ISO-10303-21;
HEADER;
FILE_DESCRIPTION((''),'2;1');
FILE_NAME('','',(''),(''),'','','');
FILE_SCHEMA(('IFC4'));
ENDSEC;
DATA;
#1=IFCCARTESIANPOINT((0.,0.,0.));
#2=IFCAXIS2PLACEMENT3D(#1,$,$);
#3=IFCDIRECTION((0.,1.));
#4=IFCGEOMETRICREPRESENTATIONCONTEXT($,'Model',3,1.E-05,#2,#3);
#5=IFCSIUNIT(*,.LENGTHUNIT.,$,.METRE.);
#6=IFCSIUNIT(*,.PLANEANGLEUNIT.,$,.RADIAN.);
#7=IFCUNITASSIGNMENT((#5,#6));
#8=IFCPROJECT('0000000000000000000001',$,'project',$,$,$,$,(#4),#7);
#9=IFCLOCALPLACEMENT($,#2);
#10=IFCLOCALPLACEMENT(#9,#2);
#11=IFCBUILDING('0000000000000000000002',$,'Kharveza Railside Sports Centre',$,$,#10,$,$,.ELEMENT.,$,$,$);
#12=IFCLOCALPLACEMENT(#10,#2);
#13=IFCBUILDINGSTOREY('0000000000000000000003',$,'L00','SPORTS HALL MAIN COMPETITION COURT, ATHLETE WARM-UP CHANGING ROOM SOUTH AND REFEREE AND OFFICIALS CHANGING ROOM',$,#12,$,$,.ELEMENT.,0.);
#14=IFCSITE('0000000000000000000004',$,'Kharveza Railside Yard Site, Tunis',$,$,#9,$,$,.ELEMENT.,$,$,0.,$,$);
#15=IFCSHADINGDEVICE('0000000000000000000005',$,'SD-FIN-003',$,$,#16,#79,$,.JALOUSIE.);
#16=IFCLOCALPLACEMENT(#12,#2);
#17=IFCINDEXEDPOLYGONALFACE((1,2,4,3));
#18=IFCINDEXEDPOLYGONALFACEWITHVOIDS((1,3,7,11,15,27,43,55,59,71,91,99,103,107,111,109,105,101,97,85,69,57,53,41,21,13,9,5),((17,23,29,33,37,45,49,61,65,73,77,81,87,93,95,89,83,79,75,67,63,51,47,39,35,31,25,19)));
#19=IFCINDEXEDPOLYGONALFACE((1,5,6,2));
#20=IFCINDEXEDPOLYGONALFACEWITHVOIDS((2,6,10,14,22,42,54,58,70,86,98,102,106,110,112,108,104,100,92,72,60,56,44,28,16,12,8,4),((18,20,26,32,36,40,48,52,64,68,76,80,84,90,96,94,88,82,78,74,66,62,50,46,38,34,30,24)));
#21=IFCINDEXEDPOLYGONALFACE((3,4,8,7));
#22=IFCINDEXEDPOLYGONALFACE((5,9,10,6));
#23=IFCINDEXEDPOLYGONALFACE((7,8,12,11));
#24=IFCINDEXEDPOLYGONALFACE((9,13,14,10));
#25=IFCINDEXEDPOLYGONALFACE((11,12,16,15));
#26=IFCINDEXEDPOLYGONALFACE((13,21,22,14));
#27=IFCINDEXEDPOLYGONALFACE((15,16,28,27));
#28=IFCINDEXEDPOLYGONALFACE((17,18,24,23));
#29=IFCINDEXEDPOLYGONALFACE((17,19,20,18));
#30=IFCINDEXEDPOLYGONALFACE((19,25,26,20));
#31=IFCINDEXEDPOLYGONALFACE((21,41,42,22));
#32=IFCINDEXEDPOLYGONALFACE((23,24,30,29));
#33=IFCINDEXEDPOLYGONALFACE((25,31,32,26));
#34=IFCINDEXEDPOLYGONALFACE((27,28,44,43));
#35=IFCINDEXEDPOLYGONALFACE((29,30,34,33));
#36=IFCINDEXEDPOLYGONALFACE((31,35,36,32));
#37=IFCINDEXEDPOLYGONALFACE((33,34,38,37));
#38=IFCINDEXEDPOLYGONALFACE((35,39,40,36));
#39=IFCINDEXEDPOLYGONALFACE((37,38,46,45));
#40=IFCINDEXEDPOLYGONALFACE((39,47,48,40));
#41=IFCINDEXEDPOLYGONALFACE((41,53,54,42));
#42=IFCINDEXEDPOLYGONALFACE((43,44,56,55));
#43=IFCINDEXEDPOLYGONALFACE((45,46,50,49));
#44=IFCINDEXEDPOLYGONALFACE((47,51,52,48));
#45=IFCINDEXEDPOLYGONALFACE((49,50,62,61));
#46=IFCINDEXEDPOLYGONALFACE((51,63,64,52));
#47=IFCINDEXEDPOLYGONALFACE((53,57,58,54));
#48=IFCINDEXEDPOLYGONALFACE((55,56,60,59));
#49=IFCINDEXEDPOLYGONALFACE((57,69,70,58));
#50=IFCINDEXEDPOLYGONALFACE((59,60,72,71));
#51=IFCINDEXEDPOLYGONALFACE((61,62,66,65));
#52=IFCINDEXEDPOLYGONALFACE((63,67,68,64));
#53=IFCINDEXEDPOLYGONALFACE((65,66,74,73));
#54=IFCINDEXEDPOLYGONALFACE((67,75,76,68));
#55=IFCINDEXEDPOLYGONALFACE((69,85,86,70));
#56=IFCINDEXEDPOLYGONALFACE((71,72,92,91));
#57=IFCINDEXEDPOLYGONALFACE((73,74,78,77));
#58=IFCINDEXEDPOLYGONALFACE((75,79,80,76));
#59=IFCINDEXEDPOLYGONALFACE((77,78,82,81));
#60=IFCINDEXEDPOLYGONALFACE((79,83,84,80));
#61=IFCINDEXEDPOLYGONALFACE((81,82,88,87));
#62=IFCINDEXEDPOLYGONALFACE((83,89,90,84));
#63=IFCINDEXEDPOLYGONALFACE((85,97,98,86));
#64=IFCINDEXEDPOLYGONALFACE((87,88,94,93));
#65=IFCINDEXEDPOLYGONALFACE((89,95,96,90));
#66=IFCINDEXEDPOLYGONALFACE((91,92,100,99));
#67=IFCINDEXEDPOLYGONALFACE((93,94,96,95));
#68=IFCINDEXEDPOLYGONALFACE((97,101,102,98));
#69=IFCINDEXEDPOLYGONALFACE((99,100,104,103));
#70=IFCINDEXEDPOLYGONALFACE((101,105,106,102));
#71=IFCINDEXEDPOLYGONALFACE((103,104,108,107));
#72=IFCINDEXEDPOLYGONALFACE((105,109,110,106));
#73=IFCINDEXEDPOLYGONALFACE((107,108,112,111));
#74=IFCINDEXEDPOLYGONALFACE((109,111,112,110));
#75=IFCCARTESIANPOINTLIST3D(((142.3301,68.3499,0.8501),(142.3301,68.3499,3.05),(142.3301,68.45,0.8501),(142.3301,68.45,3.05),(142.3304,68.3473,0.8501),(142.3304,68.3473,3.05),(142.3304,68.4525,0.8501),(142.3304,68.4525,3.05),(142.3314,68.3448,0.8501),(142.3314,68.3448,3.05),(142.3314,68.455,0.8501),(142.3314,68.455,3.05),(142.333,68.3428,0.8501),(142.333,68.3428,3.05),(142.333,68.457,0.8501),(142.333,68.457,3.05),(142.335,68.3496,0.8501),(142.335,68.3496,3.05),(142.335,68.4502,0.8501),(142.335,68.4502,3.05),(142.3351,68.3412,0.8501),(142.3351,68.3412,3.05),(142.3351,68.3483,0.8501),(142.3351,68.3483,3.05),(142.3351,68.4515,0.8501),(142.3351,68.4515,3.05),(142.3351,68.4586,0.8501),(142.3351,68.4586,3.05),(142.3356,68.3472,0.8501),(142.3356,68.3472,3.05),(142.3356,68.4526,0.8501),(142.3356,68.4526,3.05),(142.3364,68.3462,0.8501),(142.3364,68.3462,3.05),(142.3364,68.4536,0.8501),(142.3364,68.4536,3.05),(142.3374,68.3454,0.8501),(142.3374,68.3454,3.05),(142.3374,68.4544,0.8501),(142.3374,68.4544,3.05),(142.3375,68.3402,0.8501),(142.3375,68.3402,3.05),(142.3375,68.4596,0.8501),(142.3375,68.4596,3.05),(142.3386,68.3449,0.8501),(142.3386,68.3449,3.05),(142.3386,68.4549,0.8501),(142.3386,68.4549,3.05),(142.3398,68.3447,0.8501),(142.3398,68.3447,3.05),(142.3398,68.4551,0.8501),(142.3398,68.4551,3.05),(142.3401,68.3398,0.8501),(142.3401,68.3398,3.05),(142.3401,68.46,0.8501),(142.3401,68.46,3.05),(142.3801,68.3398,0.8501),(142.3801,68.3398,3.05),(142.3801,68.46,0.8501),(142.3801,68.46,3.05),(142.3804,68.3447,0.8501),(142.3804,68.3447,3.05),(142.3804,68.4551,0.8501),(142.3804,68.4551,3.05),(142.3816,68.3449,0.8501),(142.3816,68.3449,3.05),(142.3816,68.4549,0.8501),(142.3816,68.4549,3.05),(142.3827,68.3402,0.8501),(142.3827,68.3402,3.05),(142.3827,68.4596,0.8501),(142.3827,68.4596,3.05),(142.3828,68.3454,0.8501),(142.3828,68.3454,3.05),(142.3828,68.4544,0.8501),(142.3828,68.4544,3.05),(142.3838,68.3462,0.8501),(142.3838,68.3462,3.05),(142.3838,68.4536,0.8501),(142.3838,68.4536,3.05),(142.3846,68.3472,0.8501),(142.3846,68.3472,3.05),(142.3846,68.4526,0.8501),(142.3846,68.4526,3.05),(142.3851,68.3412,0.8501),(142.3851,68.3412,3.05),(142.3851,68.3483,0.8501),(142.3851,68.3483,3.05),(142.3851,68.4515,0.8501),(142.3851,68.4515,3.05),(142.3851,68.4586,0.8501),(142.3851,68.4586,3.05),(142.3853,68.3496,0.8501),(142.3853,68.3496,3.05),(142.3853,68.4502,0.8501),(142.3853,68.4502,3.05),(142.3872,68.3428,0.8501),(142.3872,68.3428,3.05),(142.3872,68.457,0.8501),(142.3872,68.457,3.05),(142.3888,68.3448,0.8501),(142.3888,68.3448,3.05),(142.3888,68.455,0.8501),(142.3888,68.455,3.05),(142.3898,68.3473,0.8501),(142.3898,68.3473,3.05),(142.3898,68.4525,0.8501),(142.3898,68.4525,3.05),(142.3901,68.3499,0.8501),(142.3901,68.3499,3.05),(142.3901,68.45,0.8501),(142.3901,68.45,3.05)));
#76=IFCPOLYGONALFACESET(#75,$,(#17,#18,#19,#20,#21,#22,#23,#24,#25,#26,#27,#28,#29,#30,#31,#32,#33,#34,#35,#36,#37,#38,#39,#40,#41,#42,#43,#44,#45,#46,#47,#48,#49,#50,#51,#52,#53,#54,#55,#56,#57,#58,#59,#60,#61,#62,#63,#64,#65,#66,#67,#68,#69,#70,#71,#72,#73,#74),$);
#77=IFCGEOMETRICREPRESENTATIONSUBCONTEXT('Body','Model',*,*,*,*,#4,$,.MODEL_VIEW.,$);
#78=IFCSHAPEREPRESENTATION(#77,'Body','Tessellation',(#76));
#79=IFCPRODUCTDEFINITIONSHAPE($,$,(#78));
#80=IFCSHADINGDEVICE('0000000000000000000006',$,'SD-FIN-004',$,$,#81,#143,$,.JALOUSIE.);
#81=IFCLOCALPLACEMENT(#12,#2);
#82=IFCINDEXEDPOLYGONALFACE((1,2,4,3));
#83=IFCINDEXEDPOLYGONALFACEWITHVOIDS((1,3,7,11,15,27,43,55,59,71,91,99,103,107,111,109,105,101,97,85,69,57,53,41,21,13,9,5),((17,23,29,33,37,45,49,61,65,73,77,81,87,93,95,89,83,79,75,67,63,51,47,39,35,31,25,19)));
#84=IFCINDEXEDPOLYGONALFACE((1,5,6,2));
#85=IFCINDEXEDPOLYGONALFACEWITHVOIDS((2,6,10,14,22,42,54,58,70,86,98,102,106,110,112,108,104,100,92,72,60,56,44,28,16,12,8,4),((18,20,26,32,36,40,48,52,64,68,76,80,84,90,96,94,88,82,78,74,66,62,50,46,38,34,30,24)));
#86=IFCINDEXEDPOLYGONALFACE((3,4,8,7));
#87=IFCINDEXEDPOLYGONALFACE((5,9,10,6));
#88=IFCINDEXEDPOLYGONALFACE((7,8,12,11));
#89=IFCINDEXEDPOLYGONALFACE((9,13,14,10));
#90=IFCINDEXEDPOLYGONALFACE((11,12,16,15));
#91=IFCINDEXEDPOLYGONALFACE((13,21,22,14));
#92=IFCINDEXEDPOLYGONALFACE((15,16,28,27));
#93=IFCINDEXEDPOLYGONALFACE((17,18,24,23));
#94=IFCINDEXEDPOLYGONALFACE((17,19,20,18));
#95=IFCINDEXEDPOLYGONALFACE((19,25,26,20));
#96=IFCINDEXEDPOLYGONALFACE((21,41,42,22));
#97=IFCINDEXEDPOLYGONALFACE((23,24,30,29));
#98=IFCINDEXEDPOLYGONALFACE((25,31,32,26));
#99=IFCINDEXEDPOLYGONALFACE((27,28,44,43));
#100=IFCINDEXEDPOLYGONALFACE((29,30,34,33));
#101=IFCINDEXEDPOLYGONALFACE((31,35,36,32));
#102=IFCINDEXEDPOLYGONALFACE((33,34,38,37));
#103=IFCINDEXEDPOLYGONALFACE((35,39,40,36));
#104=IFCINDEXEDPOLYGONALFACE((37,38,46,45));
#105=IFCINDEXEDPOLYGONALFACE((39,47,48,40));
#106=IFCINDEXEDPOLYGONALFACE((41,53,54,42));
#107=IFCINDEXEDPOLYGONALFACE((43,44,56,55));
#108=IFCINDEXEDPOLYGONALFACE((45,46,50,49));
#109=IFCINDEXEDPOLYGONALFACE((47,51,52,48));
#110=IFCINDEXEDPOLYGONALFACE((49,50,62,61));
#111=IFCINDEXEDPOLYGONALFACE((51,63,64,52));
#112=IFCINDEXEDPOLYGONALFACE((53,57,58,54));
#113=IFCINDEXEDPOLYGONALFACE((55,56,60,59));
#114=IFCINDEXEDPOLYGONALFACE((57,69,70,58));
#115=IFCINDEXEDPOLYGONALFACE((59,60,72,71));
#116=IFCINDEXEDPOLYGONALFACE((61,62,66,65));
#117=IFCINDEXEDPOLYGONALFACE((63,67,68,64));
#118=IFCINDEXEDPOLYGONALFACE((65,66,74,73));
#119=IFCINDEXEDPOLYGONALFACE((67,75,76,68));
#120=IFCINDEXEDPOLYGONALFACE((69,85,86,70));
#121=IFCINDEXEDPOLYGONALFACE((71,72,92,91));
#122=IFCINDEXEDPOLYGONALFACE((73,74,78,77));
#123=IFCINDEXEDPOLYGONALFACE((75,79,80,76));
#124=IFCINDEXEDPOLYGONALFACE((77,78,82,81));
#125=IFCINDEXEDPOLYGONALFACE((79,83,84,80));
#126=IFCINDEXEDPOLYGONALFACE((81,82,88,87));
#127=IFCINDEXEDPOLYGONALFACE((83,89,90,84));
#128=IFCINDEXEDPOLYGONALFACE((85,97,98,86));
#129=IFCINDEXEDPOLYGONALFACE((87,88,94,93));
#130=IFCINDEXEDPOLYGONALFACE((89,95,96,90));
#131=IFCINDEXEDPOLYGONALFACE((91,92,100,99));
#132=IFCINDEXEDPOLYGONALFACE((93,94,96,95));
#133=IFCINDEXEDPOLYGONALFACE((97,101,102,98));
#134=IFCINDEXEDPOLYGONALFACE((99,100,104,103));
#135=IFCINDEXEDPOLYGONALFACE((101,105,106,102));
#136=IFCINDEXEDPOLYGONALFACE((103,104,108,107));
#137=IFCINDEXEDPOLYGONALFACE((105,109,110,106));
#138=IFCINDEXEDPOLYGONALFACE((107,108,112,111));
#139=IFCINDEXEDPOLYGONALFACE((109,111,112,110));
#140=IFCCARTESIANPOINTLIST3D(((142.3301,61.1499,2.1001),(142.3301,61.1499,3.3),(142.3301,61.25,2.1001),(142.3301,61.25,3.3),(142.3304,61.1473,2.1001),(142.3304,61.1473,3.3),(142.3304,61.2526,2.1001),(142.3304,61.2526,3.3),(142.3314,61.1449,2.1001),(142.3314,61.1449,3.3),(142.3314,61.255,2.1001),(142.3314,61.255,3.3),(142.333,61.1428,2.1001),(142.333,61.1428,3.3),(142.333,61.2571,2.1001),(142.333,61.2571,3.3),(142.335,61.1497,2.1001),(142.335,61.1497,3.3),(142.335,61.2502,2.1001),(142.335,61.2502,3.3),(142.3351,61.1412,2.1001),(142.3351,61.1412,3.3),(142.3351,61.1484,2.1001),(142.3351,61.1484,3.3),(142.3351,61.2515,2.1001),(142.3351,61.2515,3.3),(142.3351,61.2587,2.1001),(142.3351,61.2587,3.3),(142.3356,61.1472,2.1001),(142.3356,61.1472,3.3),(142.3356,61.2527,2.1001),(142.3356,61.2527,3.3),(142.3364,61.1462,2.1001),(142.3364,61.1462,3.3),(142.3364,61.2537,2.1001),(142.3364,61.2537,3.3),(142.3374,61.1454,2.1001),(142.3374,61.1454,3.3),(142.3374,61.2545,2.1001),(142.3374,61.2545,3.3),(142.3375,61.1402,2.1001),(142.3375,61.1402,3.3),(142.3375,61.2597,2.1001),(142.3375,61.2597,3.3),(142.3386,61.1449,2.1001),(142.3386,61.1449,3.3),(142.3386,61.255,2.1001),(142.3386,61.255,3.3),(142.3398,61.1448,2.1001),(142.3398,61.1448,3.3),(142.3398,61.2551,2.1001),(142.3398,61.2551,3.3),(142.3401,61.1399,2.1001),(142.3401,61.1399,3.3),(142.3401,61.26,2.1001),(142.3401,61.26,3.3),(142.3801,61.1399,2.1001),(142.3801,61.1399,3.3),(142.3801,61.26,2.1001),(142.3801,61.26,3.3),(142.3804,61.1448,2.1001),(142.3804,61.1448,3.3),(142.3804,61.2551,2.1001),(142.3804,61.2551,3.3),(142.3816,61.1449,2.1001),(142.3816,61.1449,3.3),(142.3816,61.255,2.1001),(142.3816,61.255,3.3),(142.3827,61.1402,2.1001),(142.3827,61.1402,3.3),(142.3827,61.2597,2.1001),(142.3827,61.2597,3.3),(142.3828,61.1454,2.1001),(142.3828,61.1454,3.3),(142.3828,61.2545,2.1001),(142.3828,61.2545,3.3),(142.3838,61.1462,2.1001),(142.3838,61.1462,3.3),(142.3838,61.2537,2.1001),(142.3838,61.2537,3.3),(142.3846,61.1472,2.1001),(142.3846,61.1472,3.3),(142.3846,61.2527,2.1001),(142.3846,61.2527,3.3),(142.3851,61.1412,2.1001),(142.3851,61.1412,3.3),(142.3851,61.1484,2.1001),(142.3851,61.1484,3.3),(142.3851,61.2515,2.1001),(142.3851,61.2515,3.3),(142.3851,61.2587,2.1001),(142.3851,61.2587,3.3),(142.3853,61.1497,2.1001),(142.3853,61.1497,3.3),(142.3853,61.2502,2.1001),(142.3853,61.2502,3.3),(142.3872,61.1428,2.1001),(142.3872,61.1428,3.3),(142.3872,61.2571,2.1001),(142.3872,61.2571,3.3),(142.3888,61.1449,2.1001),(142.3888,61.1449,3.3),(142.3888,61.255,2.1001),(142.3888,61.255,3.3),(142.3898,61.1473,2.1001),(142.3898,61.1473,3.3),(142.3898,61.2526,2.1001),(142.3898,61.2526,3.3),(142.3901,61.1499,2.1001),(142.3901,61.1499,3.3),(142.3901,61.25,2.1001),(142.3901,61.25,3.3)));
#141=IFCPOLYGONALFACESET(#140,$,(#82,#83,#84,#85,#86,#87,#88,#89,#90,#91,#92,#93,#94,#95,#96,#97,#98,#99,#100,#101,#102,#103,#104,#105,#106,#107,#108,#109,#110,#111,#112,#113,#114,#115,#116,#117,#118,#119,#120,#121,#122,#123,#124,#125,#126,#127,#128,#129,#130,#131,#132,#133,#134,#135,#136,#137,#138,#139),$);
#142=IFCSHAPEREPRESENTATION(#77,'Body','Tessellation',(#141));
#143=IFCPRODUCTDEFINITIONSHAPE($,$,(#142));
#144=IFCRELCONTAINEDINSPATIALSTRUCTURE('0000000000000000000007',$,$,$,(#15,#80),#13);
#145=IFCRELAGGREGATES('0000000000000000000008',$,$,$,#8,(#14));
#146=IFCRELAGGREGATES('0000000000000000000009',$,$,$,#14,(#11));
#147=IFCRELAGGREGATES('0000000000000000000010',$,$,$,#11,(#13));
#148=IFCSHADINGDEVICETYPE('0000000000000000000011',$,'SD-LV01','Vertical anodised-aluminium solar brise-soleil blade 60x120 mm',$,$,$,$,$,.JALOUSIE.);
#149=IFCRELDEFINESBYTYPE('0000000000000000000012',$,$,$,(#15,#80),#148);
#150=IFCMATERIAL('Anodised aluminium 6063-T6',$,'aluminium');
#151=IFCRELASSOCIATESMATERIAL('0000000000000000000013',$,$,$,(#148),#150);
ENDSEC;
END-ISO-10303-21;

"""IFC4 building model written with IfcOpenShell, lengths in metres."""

from ifc_helpers import new_model, si_unit, direction, frame, origin, origin_2d, place, context, subcontext, project, spatial, hollow_rectangle, extrude, material, material_profile, profile_set, type_object, element, save


model = new_model("IFC4")

# Units and contexts
model_context = context("Model", 3, precision=1e-05, world=origin(), true_north=direction((0.0, 1.0)))
body_context = subcontext(model_context, "Body", "Model", "MODEL_VIEW")
ifc_project = project(units=[si_unit("LENGTHUNIT", "METRE"), si_unit("PLANEANGLEUNIT", "RADIAN")], contexts=[model_context])

# Site, building, storey
site_placement = place(None, origin())
site = spatial("IfcSite", under=ifc_project, at=site_placement, Name="Kharveza Railside Yard Site, Tunis", CompositionType="ELEMENT", RefElevation=0.0)
building_placement = place(site_placement, origin())
building = spatial("IfcBuilding", under=site, at=building_placement, Name="Kharveza Railside Sports Centre", CompositionType="ELEMENT")
storey_placement = place(building_placement, origin())
storey = spatial("IfcBuildingStorey", under=building, at=storey_placement, Name="L00", Description="SPORTS HALL MAIN COMPETITION COURT, ATHLETE WARM-UP CHANGING ROOM SOUTH AND REFEREE AND OFFICIALS CHANGING ROOM", CompositionType="ELEMENT", Elevation=0.0)

# Shared definitions
ifc_material_1 = material(Name="Anodised aluminium 6063-T6", Category="aluminium")

# Shading devices
ifc_material_profile_1 = material_profile(ifc_material_1, hollow_rectangle(XDim=0.0601, YDim=0.1201, WallThickness=0.0049, InnerFilletRadius=0.0049, OuterFilletRadius=0.01, at=origin_2d()), Name="RHS 60x120x5.0")
ifc_profile_set_1 = profile_set([ifc_material_profile_1], Name="Anodised aluminium 6063-T6")
shading_device_type = type_object("IfcShadingDeviceType", Name="SD-LV01", Description="Vertical anodised-aluminium solar brise-soleil blade 60x120 mm", PredefinedType="JALOUSIE", material=ifc_profile_set_1)
shading_device_1_placement = place(storey_placement, frame((142.3601, 68.3999, 0.8501), z_axis=(0.0, 0.0, 1.0), x_axis=(-1.0, 0.0, 0.0)))
element("IfcShadingDevice", 1, at=shading_device_1_placement, inside=storey, type_object=shading_device_type, Name="SD-FIN-003", PredefinedType="JALOUSIE", context=body_context, shape_type="SweptSolid", body=[
    extrude(hollow_rectangle(XDim=0.0601, YDim=0.1201, WallThickness=0.0049, InnerFilletRadius=0.0049, OuterFilletRadius=0.01, at=origin_2d()), origin(), (0.0, 0.0, 1.0), 2.2),
])
shading_device_2_placement = place(storey_placement, frame((142.3601, 61.2, 2.1001), z_axis=(0.0, 0.0, 1.0), x_axis=(-1.0, 0.0, 0.0)))
element("IfcShadingDevice", 2, at=shading_device_2_placement, inside=storey, type_object=shading_device_type, Name="SD-FIN-004", PredefinedType="JALOUSIE", context=body_context, shape_type="SweptSolid", body=[
    extrude(hollow_rectangle(XDim=0.0601, YDim=0.1201, WallThickness=0.0049, InnerFilletRadius=0.0049, OuterFilletRadius=0.01, at=origin_2d()), origin(), (0.0, 0.0, 1.0), 1.2),
])

save(model, "model.ifc")
